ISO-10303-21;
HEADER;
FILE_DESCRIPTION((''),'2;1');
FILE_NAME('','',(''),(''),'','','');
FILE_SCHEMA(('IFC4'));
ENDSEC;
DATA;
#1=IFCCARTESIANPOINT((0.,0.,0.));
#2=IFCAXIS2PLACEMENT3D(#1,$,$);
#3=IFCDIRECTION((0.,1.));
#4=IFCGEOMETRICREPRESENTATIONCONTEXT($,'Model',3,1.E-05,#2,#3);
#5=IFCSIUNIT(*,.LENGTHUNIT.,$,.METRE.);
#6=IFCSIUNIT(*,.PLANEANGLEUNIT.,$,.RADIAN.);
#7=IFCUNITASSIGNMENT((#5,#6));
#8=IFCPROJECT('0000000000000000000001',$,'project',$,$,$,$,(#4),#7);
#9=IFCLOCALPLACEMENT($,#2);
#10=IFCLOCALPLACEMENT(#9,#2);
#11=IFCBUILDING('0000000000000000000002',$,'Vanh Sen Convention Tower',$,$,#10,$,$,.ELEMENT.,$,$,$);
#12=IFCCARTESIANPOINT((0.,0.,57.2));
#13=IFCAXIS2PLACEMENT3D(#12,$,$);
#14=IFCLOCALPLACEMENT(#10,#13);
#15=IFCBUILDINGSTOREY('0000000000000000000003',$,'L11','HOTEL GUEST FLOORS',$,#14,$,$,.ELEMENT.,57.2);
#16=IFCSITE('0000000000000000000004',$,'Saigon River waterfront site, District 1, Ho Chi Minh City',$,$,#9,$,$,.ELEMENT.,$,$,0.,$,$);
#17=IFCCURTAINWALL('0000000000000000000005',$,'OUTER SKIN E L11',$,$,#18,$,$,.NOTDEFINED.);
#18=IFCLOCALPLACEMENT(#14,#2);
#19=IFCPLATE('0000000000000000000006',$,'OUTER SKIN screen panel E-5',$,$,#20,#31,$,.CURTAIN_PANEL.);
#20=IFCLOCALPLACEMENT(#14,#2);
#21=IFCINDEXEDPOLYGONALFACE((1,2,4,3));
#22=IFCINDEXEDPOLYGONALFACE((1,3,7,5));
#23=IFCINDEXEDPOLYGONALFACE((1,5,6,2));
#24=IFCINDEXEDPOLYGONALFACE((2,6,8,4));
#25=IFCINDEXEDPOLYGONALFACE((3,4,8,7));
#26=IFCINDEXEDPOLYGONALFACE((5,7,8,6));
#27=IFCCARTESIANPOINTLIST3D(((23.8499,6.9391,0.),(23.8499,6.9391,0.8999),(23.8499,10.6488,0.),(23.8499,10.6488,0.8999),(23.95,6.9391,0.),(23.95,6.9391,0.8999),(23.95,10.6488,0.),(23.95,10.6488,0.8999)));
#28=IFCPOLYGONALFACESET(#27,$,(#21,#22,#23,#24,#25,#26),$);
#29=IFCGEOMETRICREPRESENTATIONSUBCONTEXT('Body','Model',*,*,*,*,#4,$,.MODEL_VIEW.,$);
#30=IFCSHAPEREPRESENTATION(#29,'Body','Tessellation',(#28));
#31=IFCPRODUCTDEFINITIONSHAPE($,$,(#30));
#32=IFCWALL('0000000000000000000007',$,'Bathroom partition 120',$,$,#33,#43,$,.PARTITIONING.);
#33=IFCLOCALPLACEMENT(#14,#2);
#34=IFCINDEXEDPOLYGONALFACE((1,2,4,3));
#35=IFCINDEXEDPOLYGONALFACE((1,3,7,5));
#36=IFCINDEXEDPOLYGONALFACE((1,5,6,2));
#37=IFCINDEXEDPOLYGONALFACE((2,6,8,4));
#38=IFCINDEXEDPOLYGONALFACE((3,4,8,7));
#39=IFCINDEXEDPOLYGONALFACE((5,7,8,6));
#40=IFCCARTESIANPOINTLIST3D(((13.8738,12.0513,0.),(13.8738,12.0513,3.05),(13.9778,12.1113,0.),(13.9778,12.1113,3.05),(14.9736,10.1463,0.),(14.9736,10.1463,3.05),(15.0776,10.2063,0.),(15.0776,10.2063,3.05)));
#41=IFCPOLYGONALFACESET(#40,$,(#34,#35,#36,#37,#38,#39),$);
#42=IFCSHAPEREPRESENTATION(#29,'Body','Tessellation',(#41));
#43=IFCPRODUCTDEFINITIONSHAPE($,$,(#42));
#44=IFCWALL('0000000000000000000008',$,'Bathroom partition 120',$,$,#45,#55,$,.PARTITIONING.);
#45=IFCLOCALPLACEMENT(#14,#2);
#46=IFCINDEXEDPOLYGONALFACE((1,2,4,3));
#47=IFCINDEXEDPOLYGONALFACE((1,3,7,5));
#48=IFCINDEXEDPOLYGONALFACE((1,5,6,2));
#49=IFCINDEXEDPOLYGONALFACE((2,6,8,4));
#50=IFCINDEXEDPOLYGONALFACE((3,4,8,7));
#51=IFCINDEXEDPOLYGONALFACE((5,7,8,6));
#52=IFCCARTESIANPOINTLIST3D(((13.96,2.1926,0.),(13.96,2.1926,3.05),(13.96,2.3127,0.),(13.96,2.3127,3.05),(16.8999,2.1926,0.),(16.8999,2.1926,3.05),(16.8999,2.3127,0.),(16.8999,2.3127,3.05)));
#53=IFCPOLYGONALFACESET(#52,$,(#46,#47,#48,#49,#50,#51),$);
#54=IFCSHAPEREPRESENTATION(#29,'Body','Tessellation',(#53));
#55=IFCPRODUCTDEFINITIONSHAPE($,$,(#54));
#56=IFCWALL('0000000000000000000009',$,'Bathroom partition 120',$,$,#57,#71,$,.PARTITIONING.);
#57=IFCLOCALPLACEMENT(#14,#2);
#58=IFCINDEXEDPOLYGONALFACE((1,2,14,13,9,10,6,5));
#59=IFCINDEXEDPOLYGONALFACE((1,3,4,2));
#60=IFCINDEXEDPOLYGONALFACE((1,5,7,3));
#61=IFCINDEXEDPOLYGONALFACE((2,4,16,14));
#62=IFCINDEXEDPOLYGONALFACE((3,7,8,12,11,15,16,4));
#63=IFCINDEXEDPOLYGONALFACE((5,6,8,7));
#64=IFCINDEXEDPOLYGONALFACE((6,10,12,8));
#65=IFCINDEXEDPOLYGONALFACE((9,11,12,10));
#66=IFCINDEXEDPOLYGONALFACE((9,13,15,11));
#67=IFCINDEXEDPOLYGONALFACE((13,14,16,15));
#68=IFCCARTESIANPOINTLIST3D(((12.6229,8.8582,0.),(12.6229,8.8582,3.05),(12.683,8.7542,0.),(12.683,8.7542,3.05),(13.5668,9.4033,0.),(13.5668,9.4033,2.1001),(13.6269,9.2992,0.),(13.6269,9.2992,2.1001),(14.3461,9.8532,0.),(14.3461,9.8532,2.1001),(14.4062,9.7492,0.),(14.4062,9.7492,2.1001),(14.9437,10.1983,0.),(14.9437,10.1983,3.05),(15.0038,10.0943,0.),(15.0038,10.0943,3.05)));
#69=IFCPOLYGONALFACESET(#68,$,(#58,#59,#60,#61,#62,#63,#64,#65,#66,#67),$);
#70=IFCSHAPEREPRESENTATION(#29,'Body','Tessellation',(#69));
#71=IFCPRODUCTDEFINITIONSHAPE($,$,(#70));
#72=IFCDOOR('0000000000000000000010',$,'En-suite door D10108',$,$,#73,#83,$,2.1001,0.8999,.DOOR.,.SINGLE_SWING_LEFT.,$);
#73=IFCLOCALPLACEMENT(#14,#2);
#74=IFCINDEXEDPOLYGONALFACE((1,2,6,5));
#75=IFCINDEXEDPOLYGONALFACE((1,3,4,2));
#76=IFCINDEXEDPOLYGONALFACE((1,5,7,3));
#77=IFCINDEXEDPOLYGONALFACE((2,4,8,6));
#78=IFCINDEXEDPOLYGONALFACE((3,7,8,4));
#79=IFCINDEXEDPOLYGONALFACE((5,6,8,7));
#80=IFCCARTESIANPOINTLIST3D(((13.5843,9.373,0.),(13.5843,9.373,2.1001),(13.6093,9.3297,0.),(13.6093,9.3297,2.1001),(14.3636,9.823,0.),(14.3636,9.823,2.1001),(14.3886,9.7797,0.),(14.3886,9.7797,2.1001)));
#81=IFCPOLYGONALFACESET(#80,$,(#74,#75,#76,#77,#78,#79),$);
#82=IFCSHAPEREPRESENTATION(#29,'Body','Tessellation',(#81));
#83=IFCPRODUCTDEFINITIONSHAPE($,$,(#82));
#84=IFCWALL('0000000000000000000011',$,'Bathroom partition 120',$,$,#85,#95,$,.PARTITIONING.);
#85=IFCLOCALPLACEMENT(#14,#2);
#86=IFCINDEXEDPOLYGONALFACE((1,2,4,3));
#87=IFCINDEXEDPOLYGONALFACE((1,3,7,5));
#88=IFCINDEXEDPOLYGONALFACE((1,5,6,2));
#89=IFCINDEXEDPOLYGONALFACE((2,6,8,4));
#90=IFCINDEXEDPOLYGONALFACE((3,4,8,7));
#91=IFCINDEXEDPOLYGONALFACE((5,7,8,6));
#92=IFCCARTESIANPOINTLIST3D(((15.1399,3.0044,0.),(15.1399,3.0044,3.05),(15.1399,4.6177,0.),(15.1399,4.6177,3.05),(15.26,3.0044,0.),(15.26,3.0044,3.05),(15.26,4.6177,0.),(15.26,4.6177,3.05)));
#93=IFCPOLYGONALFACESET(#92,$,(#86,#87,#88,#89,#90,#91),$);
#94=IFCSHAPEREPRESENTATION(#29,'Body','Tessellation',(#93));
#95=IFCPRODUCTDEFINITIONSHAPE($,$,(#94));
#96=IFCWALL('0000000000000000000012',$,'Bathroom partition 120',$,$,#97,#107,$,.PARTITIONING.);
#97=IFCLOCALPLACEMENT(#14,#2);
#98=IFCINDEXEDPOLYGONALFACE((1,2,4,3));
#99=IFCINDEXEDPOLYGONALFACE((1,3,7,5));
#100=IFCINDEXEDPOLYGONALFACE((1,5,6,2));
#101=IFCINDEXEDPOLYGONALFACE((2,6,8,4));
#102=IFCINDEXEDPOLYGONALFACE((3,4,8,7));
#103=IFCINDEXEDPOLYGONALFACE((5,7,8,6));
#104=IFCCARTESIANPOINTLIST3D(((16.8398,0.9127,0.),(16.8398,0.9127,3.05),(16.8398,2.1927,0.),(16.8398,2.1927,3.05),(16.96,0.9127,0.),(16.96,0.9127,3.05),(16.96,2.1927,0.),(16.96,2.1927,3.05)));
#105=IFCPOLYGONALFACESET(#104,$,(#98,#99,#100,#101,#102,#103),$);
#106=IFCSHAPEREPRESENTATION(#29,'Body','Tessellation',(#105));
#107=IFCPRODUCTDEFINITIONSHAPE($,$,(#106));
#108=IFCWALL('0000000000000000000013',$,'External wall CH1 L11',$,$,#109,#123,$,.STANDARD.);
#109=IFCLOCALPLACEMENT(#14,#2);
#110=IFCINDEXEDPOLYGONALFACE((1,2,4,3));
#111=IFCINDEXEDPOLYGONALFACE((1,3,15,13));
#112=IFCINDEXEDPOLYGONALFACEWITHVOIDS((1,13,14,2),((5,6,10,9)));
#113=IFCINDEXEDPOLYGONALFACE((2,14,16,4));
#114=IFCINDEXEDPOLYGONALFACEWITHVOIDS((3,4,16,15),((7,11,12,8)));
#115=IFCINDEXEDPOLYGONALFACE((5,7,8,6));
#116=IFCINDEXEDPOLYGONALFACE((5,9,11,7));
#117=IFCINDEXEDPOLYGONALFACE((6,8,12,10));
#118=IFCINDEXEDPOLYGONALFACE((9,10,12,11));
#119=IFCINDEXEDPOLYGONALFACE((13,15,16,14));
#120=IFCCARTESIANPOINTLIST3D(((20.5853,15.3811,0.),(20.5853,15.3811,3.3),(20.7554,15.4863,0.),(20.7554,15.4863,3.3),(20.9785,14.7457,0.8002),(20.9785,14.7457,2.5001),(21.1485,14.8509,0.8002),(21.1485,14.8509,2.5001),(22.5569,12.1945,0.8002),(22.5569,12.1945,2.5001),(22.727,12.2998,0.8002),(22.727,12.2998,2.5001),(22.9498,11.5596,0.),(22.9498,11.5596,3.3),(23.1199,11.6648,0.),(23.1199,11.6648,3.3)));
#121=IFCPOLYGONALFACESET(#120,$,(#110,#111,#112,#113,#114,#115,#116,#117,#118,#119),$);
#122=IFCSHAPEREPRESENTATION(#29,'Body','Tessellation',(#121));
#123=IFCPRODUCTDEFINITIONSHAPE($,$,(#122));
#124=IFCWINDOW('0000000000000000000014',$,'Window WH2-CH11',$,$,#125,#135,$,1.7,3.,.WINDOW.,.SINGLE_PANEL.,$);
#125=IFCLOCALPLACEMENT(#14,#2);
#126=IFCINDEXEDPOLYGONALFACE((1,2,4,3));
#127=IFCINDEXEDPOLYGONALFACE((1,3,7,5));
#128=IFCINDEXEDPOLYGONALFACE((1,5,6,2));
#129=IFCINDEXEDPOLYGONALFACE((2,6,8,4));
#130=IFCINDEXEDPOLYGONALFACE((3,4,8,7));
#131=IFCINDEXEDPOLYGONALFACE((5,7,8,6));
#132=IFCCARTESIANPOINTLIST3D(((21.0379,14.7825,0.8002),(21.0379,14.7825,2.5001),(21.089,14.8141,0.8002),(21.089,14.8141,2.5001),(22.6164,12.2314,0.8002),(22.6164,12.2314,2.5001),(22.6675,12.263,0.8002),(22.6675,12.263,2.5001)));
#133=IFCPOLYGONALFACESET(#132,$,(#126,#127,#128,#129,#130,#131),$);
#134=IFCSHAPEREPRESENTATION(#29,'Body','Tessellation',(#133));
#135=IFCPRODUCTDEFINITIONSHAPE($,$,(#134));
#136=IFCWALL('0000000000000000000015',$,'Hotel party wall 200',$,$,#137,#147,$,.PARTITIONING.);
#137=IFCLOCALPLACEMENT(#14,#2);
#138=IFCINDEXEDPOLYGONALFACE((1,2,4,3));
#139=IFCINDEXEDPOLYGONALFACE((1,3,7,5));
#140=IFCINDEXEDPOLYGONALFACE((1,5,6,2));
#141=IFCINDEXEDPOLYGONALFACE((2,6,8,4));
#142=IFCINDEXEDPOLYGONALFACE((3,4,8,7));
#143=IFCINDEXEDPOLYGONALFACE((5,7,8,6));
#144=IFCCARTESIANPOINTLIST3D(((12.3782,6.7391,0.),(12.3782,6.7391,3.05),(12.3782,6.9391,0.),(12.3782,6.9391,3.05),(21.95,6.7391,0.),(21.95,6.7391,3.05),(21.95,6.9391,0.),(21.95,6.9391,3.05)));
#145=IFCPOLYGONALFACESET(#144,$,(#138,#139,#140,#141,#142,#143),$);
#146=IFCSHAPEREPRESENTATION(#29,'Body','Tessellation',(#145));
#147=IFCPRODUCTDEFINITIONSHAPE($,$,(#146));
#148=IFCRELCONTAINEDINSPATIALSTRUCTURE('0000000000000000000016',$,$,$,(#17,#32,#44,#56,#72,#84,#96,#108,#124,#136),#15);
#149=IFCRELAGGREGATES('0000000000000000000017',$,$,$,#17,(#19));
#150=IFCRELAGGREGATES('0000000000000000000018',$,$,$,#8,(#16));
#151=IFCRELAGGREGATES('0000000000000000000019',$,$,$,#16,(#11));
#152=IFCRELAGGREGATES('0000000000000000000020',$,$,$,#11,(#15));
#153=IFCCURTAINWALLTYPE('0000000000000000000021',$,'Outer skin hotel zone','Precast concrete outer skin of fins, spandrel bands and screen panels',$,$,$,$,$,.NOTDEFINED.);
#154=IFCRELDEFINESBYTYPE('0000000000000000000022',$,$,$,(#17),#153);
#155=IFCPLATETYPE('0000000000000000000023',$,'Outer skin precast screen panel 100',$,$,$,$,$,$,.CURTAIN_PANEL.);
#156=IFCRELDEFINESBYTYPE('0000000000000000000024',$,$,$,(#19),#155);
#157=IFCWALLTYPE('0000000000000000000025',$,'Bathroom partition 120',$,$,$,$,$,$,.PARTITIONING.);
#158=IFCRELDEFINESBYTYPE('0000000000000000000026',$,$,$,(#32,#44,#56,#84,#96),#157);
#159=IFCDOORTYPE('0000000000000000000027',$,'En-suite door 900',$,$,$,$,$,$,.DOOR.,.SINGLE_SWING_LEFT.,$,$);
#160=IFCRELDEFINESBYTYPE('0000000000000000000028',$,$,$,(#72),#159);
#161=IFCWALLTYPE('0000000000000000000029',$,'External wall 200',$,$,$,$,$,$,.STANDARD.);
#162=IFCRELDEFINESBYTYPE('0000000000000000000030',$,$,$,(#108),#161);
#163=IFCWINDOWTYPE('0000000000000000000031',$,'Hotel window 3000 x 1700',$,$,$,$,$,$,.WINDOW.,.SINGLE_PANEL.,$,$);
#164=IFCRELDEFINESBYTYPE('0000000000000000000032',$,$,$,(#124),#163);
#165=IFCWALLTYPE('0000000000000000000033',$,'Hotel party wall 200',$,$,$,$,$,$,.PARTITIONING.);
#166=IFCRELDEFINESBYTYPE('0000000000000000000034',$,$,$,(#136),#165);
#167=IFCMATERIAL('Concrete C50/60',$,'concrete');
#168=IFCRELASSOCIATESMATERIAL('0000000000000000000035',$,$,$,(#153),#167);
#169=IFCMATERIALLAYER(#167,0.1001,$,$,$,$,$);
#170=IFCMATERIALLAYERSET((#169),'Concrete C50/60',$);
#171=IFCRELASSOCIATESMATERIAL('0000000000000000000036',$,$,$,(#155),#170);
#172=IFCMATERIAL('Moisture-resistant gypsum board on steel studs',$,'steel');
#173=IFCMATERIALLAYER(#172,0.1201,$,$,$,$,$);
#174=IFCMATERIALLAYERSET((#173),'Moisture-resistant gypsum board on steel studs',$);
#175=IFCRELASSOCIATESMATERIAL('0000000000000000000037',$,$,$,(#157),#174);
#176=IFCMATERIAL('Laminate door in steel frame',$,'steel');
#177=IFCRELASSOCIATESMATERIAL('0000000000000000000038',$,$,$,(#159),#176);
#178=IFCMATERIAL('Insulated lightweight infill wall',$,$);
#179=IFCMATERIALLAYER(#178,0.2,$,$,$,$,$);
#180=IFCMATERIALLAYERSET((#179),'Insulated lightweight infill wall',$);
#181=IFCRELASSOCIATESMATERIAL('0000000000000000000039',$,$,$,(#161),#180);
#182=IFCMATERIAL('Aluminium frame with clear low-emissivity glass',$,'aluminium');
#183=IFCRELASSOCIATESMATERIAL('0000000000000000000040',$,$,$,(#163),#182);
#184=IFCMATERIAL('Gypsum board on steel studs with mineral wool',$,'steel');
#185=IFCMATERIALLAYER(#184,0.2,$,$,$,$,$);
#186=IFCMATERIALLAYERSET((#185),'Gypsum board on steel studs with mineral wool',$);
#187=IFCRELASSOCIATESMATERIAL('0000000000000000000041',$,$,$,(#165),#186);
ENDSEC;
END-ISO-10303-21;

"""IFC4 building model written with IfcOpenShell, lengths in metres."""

from ifc_helpers import new_model, si_unit, direction, frame, frame_2d, origin, origin_2d, place, context, subcontext, project, spatial, rectangle, extrude, material, layer, layer_set, type_object, element, fill, aggregate, save


model = new_model("IFC4")

# Units and contexts
model_context = context("Model", 3, precision=1e-05, world=origin(), true_north=direction((0.0, 1.0)))
body_context = subcontext(model_context, "Body", "Model", "MODEL_VIEW")
ifc_project = project(units=[si_unit("LENGTHUNIT", "METRE"), si_unit("PLANEANGLEUNIT", "RADIAN")], contexts=[model_context])

# Site, building, storey
site_placement = place(None, origin())
site = spatial("IfcSite", under=ifc_project, at=site_placement, Name="Saigon River waterfront site, District 1, Ho Chi Minh City", CompositionType="ELEMENT", RefElevation=0.0)
building_placement = place(site_placement, origin())
building = spatial("IfcBuilding", under=site, at=building_placement, Name="Vanh Sen Convention Tower", CompositionType="ELEMENT")
storey_placement = place(building_placement, frame((0.0, 0.0, 57.2)))
storey = spatial("IfcBuildingStorey", under=building, at=storey_placement, Name="L11", Description="HOTEL GUEST FLOORS", CompositionType="ELEMENT", Elevation=57.2)

# Curtain wall
ifc_material_1 = material(Name="Concrete C50/60", Category="concrete")
curtain_wall_type = type_object("IfcCurtainWallType", Name="Outer skin hotel zone", Description="Precast concrete outer skin of fins, spandrel bands and screen panels", PredefinedType="NOTDEFINED", material=ifc_material_1)
curtain_wall_1_placement = place(storey_placement, origin())
curtain_wall_1 = element("IfcCurtainWall", 1, at=curtain_wall_1_placement, inside=storey, type_object=curtain_wall_type, Name="OUTER SKIN E L11", PredefinedType="NOTDEFINED")

# Plate
ifc_layer_1 = layer(ifc_material_1, 0.1001)
ifc_layer_set_1 = layer_set([ifc_layer_1], Name="Concrete C50/60")
plate_type = type_object("IfcPlateType", Name="Outer skin precast screen panel 100", PredefinedType="CURTAIN_PANEL", material=ifc_layer_set_1)
plate_1_placement = place(storey_placement, frame((23.8999, 8.7939, 0.0), z_axis=(0.0, 0.0, 1.0), x_axis=(0.0, 1.0, 0.0)))
plate_1 = element("IfcPlate", 2, at=plate_1_placement, type_object=plate_type, Name="OUTER SKIN screen panel E-5", PredefinedType="CURTAIN_PANEL", context=body_context, shape_type="SweptSolid", body=[
    extrude(rectangle(XDim=3.7097, YDim=0.1001, at=origin_2d()), origin(), (0.0, 0.0, 1.0), 0.8999),
])
aggregate(curtain_wall_1, [plate_1])

# Walls
ifc_material_2 = material(Name="Moisture-resistant gypsum board on steel studs", Category="steel")
ifc_layer_2 = layer(ifc_material_2, 0.1201)
ifc_layer_set_2 = layer_set([ifc_layer_2], Name="Moisture-resistant gypsum board on steel studs")
wall_type_1 = type_object("IfcWallType", Name="Bathroom partition 120", PredefinedType="PARTITIONING", material=ifc_layer_set_2)
wall_1_placement = place(storey_placement, frame((13.9258, 12.0813, 0.0), z_axis=(0.0, 0.0, 1.0), x_axis=(0.499995, -0.866028, 0.0)))
element("IfcWall", 3, at=wall_1_placement, inside=storey, type_object=wall_type_1, Name="Bathroom partition 120", PredefinedType="PARTITIONING", context=body_context, shape_type="SweptSolid", body=[
    extrude(rectangle(XDim=2.1997, YDim=0.1201, at=frame_2d((1.0999, 0.0))), origin(), (0.0, 0.0, 1.0), 3.05),
])
wall_2_placement = place(storey_placement, frame((13.96, 2.2527, 0.0), z_axis=(0.0, 0.0, 1.0), x_axis=(1.0, 0.0, 0.0)))
element("IfcWall", 4, at=wall_2_placement, inside=storey, type_object=wall_type_1, Name="Bathroom partition 120", PredefinedType="PARTITIONING", context=body_context, shape_type="SweptSolid", body=[
    extrude(rectangle(XDim=2.9399, YDim=0.1201, at=frame_2d((1.47, 0.0))), origin(), (0.0, 0.0, 1.0), 3.05),
])

# Wall, opening, door
wall_3_placement = place(storey_placement, frame((14.9736, 10.1462, 0.0), z_axis=(0.0, 0.0, 1.0), x_axis=(-0.865997, -0.500048, 0.0)))
wall_3 = element("IfcWall", 5, at=wall_3_placement, inside=storey, type_object=wall_type_1, Name="Bathroom partition 120", PredefinedType="PARTITIONING", context=body_context, shape_type="SweptSolid", body=[
    extrude(rectangle(XDim=2.6799, YDim=0.1201, at=frame_2d((1.3398, 0.0))), origin(), (0.0, 0.0, 1.0), 3.05),
])
opening_1_placement = place(wall_3_placement, frame((0.6899, 0.0, 0.0)))
opening_1 = element("IfcOpeningElement", 6, at=opening_1_placement, cuts=wall_3, PredefinedType="OPENING", context=body_context, shape_type="SweptSolid", body=[
    extrude(rectangle(XDim=0.8999, YDim=2.1001, at=frame_2d((0.45, 1.05))), frame((0.0, 0.0701, 0.0), z_axis=(0.0, -1.0, 0.0), x_axis=(1.0, 0.0, 0.0)), (0.0, 0.0, 1.0), 0.1401),
])
ifc_material_3 = material(Name="Laminate door in steel frame", Category="steel")
door_type_1 = type_object("IfcDoorType", Name="En-suite door 900", OperationType="SINGLE_SWING_LEFT", PredefinedType="DOOR", material=ifc_material_3)
door_1_placement = place(opening_1_placement, origin())
door_1 = element("IfcDoor", 7, at=door_1_placement, inside=storey, type_object=door_type_1, Name="En-suite door D10108", OperationType="SINGLE_SWING_LEFT", OverallHeight=2.1001, OverallWidth=0.8999, PredefinedType="DOOR", context=body_context, shape_type="SweptSolid", body=[
    extrude(rectangle(XDim=0.8999, YDim=2.1001, at=frame_2d((0.45, 1.05))), frame((0.0, 0.0249, 0.0), z_axis=(0.0, -1.0, 0.0), x_axis=(1.0, 0.0, 0.0)), (0.0, 0.0, 1.0), 0.05),
])
fill(opening_1, door_1)

# Walls
wall_4_placement = place(storey_placement, frame((15.2, 4.6177, 0.0), z_axis=(0.0, 0.0, 1.0), x_axis=(0.0, -1.0, 0.0)))
element("IfcWall", 8, at=wall_4_placement, inside=storey, type_object=wall_type_1, Name="Bathroom partition 120", PredefinedType="PARTITIONING", context=body_context, shape_type="SweptSolid", body=[
    extrude(rectangle(XDim=1.6133, YDim=0.1201, at=frame_2d((0.8066, 0.0))), origin(), (0.0, 0.0, 1.0), 3.05),
])
wall_5_placement = place(storey_placement, frame((16.8999, 2.1929, 0.0), z_axis=(0.0, 0.0, 1.0), x_axis=(0.0, -1.0, 0.0)))
element("IfcWall", 9, at=wall_5_placement, inside=storey, type_object=wall_type_1, Name="Bathroom partition 120", PredefinedType="PARTITIONING", context=body_context, shape_type="SweptSolid", body=[
    extrude(rectangle(XDim=1.28, YDim=0.1201, at=frame_2d((0.6401, 0.0))), origin(), (0.0, 0.0, 1.0), 3.05),
])

# Wall, opening, window
ifc_material_4 = material(Name="Insulated lightweight infill wall")
ifc_layer_3 = layer(ifc_material_4, 0.2)
ifc_layer_set_3 = layer_set([ifc_layer_3], Name="Insulated lightweight infill wall")
wall_type_2 = type_object("IfcWallType", Name="External wall 200", PredefinedType="STANDARD", material=ifc_layer_set_3)
wall_6_placement = place(storey_placement, frame((23.0349, 11.6121, 0.0), z_axis=(0.0, 0.0, 1.0), x_axis=(-0.52616, 0.850386, 0.0)))
wall_6 = element("IfcWall", 10, at=wall_6_placement, inside=storey, type_object=wall_type_2, Name="External wall CH1 L11", PredefinedType="STANDARD", context=body_context, shape_type="SweptSolid", body=[
    extrude(rectangle(XDim=4.4939, YDim=0.2, at=frame_2d((2.2471, 0.0))), origin(), (0.0, 0.0, 1.0), 3.3),
])
opening_2_placement = place(wall_6_placement, frame((0.7468, 0.0, 0.8)))
opening_2 = element("IfcOpeningElement", 11, at=opening_2_placement, cuts=wall_6, PredefinedType="OPENING", context=body_context, shape_type="SweptSolid", body=[
    extrude(rectangle(XDim=3.0, YDim=1.7, at=frame_2d((1.5, 0.8501))), frame((0.0, 0.1099, 0.0), z_axis=(0.0, -1.0, 0.0), x_axis=(1.0, 0.0, 0.0)), (0.0, 0.0, 1.0), 0.22),
])
ifc_material_5 = material(Name="Aluminium frame with clear low-emissivity glass", Category="aluminium")
window_type = type_object("IfcWindowType", Name="Hotel window 3000 x 1700", PartitioningType="SINGLE_PANEL", PredefinedType="WINDOW", material=ifc_material_5)
window_placement = place(opening_2_placement, origin())
window = element("IfcWindow", 12, at=window_placement, inside=storey, type_object=window_type, Name="Window WH2-CH11", OverallHeight=1.7, OverallWidth=3.0, PartitioningType="SINGLE_PANEL", PredefinedType="WINDOW", context=body_context, shape_type="SweptSolid", body=[
    extrude(rectangle(XDim=3.0, YDim=1.7, at=frame_2d((1.5, 0.8501))), frame((0.0, 0.03, 0.0), z_axis=(0.0, -1.0, 0.0), x_axis=(1.0, 0.0, 0.0)), (0.0, 0.0, 1.0), 0.0601),
])
fill(opening_2, window)

# Wall
ifc_material_6 = material(Name="Gypsum board on steel studs with mineral wool", Category="steel")
ifc_layer_4 = layer(ifc_material_6, 0.2)
ifc_layer_set_4 = layer_set([ifc_layer_4], Name="Gypsum board on steel studs with mineral wool")
wall_type_3 = type_object("IfcWallType", Name="Hotel party wall 200", PredefinedType="PARTITIONING", material=ifc_layer_set_4)
wall_7_placement = place(storey_placement, frame((21.95, 6.8391, 0.0), z_axis=(0.0, 0.0, 1.0), x_axis=(-1.0, 0.0, 0.0)))
element("IfcWall", 13, at=wall_7_placement, inside=storey, type_object=wall_type_3, Name="Hotel party wall 200", PredefinedType="PARTITIONING", context=body_context, shape_type="SweptSolid", body=[
    extrude(rectangle(XDim=9.5718, YDim=0.2, at=frame_2d((4.7859, 0.0))), origin(), (0.0, 0.0, 1.0), 3.05),
])

save(model, "model.ifc")
